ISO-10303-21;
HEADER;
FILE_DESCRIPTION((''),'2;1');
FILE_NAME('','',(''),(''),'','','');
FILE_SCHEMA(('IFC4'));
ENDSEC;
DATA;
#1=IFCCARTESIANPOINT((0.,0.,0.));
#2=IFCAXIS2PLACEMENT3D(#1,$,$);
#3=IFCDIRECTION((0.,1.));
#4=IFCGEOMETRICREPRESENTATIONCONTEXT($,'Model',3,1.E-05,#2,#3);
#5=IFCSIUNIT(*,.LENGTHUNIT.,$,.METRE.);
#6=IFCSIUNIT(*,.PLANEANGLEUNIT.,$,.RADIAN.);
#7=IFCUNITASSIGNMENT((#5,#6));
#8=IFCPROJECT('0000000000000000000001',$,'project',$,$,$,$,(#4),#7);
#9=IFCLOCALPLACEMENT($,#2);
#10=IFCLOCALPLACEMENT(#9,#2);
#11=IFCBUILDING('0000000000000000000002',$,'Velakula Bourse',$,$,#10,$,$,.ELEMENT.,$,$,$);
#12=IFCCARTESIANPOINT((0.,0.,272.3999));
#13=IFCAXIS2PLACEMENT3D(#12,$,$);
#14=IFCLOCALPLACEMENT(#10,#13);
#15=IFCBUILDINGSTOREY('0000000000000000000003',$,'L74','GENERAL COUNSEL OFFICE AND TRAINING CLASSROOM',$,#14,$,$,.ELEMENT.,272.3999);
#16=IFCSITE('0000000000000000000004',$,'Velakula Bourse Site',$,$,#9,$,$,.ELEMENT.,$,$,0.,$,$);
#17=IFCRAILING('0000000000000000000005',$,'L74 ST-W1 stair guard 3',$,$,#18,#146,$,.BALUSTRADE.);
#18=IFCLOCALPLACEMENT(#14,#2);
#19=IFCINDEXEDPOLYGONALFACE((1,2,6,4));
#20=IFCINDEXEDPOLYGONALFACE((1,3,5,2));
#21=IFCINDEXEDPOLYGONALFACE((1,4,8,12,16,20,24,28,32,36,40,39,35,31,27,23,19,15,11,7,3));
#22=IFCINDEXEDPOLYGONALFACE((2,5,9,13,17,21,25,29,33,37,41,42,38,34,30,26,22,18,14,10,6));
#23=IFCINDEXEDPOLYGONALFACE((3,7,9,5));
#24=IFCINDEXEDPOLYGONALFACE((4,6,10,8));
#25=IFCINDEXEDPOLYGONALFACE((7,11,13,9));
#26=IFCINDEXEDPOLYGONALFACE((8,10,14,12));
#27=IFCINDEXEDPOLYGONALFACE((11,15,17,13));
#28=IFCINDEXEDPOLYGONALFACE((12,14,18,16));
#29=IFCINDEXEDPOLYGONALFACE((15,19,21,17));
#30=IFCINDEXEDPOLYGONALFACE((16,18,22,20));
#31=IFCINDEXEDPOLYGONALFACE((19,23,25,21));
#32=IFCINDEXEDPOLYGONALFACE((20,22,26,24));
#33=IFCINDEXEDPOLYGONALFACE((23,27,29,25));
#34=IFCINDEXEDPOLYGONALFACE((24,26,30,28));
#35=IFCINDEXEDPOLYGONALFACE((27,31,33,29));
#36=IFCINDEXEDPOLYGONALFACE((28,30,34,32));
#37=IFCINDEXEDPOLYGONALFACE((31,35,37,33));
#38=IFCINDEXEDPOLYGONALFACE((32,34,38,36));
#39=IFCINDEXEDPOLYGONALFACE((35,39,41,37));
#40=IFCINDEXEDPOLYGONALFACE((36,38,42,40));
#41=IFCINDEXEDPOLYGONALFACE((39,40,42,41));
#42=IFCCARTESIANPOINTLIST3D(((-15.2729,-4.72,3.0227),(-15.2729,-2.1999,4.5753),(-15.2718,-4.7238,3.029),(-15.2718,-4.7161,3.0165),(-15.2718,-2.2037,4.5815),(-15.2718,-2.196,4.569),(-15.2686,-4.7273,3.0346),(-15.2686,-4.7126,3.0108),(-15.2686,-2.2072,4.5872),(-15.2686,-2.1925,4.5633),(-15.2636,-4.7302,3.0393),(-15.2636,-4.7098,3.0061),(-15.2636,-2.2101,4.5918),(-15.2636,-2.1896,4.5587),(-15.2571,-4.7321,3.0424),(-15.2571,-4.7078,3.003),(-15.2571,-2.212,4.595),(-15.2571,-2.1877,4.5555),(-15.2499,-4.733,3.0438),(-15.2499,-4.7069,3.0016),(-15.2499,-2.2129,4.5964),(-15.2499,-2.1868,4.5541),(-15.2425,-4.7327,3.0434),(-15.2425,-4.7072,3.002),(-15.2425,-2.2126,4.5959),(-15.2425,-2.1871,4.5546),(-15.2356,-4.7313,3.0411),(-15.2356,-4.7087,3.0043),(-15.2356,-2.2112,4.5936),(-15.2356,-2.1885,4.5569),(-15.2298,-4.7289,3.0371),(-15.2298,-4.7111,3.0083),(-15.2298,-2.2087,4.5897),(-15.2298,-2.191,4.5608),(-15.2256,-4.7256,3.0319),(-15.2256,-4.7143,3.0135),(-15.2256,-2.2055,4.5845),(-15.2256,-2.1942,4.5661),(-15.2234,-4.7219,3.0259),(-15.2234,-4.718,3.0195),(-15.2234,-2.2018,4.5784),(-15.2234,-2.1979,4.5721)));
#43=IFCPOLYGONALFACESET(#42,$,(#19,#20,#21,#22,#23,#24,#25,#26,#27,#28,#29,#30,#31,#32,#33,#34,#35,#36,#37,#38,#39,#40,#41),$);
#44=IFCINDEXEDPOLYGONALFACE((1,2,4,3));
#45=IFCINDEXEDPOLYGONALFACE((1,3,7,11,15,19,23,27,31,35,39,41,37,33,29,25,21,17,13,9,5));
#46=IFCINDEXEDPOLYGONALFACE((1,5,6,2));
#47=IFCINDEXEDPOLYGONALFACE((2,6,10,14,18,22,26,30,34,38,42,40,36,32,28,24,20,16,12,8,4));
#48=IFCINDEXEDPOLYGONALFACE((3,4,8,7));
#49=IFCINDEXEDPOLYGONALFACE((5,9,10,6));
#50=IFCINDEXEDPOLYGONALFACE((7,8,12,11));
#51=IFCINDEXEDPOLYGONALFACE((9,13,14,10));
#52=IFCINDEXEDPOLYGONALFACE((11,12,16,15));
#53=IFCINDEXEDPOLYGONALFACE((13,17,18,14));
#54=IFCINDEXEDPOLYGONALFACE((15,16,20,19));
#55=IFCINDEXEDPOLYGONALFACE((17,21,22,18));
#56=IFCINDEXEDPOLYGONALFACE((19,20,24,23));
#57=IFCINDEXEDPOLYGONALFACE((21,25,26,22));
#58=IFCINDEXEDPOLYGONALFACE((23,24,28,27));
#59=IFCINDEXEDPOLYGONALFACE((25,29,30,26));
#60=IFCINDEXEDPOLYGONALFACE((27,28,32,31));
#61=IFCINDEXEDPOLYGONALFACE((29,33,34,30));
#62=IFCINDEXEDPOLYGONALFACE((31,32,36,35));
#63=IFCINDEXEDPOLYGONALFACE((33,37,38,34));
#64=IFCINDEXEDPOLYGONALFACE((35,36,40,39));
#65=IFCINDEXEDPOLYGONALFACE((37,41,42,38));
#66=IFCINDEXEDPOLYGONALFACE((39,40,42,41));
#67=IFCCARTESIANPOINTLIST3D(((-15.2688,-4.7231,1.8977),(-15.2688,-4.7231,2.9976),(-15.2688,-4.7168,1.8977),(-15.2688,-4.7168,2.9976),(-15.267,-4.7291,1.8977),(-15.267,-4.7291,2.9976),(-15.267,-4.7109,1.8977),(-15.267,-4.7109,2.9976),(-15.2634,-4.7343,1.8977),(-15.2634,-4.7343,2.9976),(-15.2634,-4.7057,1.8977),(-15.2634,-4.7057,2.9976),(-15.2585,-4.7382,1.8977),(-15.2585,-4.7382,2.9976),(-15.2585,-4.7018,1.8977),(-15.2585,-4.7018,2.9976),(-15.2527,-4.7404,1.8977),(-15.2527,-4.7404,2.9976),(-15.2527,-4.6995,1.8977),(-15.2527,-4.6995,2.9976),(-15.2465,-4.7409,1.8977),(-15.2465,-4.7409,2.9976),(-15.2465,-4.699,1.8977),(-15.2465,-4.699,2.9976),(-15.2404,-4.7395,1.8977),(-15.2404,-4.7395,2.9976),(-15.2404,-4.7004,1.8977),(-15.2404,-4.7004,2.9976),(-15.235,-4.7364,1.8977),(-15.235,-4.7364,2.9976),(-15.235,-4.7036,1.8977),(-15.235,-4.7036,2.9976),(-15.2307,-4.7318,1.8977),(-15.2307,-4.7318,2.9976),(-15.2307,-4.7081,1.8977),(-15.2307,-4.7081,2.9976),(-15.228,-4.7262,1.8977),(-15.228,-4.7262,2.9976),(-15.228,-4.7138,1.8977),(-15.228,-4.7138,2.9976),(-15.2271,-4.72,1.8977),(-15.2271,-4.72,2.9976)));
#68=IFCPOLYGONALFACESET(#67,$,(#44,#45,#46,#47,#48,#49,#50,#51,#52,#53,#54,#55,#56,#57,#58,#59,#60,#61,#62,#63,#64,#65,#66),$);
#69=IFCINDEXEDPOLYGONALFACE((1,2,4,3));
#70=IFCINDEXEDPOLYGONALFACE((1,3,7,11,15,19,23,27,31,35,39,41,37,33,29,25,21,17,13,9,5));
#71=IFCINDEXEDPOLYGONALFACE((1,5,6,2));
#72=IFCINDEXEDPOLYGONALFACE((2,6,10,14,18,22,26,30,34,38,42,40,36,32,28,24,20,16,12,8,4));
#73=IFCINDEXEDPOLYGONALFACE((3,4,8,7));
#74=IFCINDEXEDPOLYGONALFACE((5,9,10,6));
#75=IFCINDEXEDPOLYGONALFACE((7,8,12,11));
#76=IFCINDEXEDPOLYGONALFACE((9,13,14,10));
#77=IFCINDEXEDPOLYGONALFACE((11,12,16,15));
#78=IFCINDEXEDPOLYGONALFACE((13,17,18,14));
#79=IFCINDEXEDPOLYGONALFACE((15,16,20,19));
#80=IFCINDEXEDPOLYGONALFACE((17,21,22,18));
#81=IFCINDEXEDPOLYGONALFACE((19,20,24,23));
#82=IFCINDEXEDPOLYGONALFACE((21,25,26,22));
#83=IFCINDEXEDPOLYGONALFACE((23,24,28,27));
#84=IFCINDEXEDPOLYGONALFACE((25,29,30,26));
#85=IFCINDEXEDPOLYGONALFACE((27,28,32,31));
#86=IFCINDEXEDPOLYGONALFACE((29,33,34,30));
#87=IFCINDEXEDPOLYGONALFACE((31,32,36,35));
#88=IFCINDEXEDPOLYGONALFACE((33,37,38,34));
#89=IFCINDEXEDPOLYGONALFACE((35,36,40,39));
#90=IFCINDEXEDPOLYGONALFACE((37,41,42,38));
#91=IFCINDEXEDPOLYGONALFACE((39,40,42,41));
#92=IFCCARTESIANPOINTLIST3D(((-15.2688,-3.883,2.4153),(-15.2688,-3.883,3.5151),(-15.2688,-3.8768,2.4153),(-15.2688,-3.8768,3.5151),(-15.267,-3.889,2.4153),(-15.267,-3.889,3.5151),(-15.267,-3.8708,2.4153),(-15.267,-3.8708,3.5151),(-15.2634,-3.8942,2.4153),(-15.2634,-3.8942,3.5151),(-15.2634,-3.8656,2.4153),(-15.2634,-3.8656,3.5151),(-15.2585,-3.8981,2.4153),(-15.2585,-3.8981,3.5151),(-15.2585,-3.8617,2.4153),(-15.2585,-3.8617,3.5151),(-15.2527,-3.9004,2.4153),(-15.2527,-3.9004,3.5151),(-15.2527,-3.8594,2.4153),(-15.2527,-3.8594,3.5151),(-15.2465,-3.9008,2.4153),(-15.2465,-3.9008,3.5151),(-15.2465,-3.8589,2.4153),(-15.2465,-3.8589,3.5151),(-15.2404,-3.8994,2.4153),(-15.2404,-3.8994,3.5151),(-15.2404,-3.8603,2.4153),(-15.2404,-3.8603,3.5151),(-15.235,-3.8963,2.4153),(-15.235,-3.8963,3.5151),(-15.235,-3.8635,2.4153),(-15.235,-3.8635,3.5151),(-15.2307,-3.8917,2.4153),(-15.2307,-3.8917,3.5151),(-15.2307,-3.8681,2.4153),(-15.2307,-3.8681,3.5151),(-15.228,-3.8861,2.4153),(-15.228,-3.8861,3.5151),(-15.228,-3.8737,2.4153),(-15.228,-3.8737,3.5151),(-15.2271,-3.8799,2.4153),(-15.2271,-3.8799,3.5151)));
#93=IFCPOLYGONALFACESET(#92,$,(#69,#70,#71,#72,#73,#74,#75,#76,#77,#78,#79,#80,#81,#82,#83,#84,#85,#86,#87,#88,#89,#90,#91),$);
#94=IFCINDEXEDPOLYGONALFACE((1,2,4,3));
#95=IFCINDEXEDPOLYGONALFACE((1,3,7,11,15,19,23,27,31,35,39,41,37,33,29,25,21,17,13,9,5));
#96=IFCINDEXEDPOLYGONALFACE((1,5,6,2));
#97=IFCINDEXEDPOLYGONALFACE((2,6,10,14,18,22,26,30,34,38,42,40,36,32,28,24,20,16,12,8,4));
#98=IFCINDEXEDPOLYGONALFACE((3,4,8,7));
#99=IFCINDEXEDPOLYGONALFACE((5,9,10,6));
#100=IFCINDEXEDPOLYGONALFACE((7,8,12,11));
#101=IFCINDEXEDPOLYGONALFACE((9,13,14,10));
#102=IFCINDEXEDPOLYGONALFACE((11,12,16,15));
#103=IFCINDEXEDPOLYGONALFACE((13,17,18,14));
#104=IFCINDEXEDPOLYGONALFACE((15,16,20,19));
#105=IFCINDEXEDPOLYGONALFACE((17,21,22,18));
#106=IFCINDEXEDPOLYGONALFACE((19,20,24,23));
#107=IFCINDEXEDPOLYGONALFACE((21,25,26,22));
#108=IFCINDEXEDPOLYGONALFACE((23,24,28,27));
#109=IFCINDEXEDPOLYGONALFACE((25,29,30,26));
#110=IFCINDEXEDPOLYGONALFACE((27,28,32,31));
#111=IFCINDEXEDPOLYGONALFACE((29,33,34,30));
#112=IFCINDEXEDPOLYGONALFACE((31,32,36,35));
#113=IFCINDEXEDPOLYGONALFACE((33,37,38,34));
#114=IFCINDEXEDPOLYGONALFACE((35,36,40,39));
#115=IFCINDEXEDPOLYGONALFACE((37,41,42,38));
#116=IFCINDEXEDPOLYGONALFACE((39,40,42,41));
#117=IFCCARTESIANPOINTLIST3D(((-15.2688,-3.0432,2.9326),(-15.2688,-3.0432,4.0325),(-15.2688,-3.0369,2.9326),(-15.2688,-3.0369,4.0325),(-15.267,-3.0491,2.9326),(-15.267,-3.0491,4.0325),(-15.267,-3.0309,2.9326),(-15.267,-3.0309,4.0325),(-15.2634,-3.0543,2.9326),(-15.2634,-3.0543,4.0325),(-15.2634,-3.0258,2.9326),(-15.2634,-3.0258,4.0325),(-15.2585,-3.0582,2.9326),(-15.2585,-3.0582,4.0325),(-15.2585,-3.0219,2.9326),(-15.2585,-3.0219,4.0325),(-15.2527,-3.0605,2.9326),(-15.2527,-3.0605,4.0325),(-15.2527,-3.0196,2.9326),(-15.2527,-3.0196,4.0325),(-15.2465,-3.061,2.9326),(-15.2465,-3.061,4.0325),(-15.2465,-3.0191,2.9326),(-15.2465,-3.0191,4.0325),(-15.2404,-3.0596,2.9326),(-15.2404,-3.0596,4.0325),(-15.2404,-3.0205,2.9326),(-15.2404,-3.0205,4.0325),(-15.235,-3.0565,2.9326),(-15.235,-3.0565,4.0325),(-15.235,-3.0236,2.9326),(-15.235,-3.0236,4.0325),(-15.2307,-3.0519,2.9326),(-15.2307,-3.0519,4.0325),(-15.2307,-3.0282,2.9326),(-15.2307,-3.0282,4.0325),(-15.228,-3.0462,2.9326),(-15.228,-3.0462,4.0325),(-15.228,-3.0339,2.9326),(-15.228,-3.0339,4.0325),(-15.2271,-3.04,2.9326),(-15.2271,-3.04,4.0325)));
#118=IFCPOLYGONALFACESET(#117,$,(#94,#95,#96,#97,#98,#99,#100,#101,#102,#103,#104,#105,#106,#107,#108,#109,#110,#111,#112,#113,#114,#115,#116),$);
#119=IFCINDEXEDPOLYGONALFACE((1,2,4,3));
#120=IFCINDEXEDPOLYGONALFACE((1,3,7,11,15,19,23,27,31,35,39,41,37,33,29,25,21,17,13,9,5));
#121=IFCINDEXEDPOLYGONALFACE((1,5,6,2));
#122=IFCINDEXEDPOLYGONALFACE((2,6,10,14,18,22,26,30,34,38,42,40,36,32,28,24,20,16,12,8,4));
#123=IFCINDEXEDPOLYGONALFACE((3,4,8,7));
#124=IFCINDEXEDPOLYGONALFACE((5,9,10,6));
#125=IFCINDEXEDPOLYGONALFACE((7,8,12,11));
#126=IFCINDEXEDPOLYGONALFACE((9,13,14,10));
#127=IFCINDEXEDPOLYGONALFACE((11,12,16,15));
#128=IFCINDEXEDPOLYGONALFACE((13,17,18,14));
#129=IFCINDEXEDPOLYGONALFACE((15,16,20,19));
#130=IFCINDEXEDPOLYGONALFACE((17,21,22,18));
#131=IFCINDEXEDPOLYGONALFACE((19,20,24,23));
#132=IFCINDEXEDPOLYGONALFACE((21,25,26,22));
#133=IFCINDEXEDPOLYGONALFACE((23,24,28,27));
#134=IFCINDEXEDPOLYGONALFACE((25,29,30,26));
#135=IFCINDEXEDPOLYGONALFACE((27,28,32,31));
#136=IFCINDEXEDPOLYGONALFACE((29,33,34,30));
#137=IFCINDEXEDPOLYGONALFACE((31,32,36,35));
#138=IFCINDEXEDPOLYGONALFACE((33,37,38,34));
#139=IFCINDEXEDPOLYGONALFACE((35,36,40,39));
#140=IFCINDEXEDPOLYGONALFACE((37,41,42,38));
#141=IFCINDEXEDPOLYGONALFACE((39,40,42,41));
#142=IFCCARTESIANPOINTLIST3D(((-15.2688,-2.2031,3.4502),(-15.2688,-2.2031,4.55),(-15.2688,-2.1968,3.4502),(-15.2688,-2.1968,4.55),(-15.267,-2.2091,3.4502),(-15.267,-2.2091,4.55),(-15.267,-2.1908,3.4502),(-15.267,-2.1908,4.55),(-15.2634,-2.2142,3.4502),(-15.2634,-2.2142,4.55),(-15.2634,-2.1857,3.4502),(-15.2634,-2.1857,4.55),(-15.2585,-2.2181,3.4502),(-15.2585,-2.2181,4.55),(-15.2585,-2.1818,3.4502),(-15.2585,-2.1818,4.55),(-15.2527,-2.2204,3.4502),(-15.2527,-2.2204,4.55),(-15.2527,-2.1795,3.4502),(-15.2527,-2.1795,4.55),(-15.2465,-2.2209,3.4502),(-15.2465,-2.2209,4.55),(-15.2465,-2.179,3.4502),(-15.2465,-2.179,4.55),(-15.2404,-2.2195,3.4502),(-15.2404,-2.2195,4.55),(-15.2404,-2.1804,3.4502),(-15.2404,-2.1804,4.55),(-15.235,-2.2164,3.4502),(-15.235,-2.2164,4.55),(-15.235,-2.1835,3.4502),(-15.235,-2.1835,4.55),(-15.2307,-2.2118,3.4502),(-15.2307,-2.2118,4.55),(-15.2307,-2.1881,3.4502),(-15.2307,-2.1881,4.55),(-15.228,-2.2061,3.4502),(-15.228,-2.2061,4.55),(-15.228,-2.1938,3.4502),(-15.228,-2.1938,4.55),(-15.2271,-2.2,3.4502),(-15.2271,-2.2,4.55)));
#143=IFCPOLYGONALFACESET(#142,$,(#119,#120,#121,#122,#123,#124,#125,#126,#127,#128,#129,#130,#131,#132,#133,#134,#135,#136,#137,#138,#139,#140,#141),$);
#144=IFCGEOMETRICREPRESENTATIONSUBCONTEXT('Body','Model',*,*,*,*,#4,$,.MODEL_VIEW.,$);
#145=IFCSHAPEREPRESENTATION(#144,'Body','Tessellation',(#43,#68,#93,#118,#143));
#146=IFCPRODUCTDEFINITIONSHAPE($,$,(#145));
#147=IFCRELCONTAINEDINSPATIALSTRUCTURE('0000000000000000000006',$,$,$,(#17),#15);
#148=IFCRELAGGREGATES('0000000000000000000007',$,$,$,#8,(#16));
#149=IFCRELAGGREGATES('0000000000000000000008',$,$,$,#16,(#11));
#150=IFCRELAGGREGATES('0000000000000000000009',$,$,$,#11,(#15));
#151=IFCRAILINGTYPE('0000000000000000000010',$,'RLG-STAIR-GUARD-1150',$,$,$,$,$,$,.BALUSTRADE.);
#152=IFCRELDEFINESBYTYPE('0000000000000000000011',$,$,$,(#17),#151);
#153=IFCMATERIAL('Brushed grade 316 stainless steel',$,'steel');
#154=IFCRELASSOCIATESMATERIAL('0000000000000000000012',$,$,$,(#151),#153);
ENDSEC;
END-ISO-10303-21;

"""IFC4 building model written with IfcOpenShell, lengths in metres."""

from ifc_helpers import new_model, si_unit, direction, frame, origin, origin_2d, place, context, subcontext, project, spatial, circle, extrude, material, type_object, element, save


model = new_model("IFC4")

# Units and contexts
model_context = context("Model", 3, precision=1e-05, world=origin(), true_north=direction((0.0, 1.0)))
body_context = subcontext(model_context, "Body", "Model", "MODEL_VIEW")
ifc_project = project(units=[si_unit("LENGTHUNIT", "METRE"), si_unit("PLANEANGLEUNIT", "RADIAN")], contexts=[model_context])

# Site, building, storey
site_placement = place(None, origin())
site = spatial("IfcSite", under=ifc_project, at=site_placement, Name="Velakula Bourse Site", CompositionType="ELEMENT", RefElevation=0.0)
building_placement = place(site_placement, origin())
building = spatial("IfcBuilding", under=site, at=building_placement, Name="Velakula Bourse", CompositionType="ELEMENT")
storey_placement = place(building_placement, frame((0.0, 0.0, 272.3999)))
storey = spatial("IfcBuildingStorey", under=building, at=storey_placement, Name="L74", Description="GENERAL COUNSEL OFFICE AND TRAINING CLASSROOM", CompositionType="ELEMENT", Elevation=272.3999)

# Shared definitions
ifc_material_1 = material(Name="Brushed grade 316 stainless steel", Category="steel")

# Railing
railing_type_1 = type_object("IfcRailingType", Name="RLG-STAIR-GUARD-1150", PredefinedType="BALUSTRADE", material=ifc_material_1)
railing_1_placement = place(storey_placement, frame((-15.248, -4.72, 1.8977)))
element("IfcRailing", 1, at=railing_1_placement, inside=storey, type_object=railing_type_1, Name="L74 ST-W1 stair guard 3", PredefinedType="BALUSTRADE", context=body_context, shape_type="SweptSolid", body=[
    extrude(circle(Radius=0.0249, at=origin_2d()), frame((0.0, 0.0, 1.125), z_axis=(0.0, 0.8514, 0.524516), x_axis=(-1.0, 0.0, 0.0)), (0.0, 0.0, 1.0), 2.96),
    extrude(circle(Radius=0.021, at=origin_2d()), origin(), (0.0, 0.0, 1.0), 1.0999),
    extrude(circle(Radius=0.021, at=origin_2d()), frame((0.0, 0.8401, 0.5176)), (0.0, 0.0, 1.0), 1.0999),
    extrude(circle(Radius=0.021, at=origin_2d()), frame((0.0, 1.6799, 1.0349)), (0.0, 0.0, 1.0), 1.0999),
    extrude(circle(Radius=0.021, at=origin_2d()), frame((0.0, 2.52, 1.5525)), (0.0, 0.0, 1.0), 1.0999),
])

save(model, "model.ifc")
